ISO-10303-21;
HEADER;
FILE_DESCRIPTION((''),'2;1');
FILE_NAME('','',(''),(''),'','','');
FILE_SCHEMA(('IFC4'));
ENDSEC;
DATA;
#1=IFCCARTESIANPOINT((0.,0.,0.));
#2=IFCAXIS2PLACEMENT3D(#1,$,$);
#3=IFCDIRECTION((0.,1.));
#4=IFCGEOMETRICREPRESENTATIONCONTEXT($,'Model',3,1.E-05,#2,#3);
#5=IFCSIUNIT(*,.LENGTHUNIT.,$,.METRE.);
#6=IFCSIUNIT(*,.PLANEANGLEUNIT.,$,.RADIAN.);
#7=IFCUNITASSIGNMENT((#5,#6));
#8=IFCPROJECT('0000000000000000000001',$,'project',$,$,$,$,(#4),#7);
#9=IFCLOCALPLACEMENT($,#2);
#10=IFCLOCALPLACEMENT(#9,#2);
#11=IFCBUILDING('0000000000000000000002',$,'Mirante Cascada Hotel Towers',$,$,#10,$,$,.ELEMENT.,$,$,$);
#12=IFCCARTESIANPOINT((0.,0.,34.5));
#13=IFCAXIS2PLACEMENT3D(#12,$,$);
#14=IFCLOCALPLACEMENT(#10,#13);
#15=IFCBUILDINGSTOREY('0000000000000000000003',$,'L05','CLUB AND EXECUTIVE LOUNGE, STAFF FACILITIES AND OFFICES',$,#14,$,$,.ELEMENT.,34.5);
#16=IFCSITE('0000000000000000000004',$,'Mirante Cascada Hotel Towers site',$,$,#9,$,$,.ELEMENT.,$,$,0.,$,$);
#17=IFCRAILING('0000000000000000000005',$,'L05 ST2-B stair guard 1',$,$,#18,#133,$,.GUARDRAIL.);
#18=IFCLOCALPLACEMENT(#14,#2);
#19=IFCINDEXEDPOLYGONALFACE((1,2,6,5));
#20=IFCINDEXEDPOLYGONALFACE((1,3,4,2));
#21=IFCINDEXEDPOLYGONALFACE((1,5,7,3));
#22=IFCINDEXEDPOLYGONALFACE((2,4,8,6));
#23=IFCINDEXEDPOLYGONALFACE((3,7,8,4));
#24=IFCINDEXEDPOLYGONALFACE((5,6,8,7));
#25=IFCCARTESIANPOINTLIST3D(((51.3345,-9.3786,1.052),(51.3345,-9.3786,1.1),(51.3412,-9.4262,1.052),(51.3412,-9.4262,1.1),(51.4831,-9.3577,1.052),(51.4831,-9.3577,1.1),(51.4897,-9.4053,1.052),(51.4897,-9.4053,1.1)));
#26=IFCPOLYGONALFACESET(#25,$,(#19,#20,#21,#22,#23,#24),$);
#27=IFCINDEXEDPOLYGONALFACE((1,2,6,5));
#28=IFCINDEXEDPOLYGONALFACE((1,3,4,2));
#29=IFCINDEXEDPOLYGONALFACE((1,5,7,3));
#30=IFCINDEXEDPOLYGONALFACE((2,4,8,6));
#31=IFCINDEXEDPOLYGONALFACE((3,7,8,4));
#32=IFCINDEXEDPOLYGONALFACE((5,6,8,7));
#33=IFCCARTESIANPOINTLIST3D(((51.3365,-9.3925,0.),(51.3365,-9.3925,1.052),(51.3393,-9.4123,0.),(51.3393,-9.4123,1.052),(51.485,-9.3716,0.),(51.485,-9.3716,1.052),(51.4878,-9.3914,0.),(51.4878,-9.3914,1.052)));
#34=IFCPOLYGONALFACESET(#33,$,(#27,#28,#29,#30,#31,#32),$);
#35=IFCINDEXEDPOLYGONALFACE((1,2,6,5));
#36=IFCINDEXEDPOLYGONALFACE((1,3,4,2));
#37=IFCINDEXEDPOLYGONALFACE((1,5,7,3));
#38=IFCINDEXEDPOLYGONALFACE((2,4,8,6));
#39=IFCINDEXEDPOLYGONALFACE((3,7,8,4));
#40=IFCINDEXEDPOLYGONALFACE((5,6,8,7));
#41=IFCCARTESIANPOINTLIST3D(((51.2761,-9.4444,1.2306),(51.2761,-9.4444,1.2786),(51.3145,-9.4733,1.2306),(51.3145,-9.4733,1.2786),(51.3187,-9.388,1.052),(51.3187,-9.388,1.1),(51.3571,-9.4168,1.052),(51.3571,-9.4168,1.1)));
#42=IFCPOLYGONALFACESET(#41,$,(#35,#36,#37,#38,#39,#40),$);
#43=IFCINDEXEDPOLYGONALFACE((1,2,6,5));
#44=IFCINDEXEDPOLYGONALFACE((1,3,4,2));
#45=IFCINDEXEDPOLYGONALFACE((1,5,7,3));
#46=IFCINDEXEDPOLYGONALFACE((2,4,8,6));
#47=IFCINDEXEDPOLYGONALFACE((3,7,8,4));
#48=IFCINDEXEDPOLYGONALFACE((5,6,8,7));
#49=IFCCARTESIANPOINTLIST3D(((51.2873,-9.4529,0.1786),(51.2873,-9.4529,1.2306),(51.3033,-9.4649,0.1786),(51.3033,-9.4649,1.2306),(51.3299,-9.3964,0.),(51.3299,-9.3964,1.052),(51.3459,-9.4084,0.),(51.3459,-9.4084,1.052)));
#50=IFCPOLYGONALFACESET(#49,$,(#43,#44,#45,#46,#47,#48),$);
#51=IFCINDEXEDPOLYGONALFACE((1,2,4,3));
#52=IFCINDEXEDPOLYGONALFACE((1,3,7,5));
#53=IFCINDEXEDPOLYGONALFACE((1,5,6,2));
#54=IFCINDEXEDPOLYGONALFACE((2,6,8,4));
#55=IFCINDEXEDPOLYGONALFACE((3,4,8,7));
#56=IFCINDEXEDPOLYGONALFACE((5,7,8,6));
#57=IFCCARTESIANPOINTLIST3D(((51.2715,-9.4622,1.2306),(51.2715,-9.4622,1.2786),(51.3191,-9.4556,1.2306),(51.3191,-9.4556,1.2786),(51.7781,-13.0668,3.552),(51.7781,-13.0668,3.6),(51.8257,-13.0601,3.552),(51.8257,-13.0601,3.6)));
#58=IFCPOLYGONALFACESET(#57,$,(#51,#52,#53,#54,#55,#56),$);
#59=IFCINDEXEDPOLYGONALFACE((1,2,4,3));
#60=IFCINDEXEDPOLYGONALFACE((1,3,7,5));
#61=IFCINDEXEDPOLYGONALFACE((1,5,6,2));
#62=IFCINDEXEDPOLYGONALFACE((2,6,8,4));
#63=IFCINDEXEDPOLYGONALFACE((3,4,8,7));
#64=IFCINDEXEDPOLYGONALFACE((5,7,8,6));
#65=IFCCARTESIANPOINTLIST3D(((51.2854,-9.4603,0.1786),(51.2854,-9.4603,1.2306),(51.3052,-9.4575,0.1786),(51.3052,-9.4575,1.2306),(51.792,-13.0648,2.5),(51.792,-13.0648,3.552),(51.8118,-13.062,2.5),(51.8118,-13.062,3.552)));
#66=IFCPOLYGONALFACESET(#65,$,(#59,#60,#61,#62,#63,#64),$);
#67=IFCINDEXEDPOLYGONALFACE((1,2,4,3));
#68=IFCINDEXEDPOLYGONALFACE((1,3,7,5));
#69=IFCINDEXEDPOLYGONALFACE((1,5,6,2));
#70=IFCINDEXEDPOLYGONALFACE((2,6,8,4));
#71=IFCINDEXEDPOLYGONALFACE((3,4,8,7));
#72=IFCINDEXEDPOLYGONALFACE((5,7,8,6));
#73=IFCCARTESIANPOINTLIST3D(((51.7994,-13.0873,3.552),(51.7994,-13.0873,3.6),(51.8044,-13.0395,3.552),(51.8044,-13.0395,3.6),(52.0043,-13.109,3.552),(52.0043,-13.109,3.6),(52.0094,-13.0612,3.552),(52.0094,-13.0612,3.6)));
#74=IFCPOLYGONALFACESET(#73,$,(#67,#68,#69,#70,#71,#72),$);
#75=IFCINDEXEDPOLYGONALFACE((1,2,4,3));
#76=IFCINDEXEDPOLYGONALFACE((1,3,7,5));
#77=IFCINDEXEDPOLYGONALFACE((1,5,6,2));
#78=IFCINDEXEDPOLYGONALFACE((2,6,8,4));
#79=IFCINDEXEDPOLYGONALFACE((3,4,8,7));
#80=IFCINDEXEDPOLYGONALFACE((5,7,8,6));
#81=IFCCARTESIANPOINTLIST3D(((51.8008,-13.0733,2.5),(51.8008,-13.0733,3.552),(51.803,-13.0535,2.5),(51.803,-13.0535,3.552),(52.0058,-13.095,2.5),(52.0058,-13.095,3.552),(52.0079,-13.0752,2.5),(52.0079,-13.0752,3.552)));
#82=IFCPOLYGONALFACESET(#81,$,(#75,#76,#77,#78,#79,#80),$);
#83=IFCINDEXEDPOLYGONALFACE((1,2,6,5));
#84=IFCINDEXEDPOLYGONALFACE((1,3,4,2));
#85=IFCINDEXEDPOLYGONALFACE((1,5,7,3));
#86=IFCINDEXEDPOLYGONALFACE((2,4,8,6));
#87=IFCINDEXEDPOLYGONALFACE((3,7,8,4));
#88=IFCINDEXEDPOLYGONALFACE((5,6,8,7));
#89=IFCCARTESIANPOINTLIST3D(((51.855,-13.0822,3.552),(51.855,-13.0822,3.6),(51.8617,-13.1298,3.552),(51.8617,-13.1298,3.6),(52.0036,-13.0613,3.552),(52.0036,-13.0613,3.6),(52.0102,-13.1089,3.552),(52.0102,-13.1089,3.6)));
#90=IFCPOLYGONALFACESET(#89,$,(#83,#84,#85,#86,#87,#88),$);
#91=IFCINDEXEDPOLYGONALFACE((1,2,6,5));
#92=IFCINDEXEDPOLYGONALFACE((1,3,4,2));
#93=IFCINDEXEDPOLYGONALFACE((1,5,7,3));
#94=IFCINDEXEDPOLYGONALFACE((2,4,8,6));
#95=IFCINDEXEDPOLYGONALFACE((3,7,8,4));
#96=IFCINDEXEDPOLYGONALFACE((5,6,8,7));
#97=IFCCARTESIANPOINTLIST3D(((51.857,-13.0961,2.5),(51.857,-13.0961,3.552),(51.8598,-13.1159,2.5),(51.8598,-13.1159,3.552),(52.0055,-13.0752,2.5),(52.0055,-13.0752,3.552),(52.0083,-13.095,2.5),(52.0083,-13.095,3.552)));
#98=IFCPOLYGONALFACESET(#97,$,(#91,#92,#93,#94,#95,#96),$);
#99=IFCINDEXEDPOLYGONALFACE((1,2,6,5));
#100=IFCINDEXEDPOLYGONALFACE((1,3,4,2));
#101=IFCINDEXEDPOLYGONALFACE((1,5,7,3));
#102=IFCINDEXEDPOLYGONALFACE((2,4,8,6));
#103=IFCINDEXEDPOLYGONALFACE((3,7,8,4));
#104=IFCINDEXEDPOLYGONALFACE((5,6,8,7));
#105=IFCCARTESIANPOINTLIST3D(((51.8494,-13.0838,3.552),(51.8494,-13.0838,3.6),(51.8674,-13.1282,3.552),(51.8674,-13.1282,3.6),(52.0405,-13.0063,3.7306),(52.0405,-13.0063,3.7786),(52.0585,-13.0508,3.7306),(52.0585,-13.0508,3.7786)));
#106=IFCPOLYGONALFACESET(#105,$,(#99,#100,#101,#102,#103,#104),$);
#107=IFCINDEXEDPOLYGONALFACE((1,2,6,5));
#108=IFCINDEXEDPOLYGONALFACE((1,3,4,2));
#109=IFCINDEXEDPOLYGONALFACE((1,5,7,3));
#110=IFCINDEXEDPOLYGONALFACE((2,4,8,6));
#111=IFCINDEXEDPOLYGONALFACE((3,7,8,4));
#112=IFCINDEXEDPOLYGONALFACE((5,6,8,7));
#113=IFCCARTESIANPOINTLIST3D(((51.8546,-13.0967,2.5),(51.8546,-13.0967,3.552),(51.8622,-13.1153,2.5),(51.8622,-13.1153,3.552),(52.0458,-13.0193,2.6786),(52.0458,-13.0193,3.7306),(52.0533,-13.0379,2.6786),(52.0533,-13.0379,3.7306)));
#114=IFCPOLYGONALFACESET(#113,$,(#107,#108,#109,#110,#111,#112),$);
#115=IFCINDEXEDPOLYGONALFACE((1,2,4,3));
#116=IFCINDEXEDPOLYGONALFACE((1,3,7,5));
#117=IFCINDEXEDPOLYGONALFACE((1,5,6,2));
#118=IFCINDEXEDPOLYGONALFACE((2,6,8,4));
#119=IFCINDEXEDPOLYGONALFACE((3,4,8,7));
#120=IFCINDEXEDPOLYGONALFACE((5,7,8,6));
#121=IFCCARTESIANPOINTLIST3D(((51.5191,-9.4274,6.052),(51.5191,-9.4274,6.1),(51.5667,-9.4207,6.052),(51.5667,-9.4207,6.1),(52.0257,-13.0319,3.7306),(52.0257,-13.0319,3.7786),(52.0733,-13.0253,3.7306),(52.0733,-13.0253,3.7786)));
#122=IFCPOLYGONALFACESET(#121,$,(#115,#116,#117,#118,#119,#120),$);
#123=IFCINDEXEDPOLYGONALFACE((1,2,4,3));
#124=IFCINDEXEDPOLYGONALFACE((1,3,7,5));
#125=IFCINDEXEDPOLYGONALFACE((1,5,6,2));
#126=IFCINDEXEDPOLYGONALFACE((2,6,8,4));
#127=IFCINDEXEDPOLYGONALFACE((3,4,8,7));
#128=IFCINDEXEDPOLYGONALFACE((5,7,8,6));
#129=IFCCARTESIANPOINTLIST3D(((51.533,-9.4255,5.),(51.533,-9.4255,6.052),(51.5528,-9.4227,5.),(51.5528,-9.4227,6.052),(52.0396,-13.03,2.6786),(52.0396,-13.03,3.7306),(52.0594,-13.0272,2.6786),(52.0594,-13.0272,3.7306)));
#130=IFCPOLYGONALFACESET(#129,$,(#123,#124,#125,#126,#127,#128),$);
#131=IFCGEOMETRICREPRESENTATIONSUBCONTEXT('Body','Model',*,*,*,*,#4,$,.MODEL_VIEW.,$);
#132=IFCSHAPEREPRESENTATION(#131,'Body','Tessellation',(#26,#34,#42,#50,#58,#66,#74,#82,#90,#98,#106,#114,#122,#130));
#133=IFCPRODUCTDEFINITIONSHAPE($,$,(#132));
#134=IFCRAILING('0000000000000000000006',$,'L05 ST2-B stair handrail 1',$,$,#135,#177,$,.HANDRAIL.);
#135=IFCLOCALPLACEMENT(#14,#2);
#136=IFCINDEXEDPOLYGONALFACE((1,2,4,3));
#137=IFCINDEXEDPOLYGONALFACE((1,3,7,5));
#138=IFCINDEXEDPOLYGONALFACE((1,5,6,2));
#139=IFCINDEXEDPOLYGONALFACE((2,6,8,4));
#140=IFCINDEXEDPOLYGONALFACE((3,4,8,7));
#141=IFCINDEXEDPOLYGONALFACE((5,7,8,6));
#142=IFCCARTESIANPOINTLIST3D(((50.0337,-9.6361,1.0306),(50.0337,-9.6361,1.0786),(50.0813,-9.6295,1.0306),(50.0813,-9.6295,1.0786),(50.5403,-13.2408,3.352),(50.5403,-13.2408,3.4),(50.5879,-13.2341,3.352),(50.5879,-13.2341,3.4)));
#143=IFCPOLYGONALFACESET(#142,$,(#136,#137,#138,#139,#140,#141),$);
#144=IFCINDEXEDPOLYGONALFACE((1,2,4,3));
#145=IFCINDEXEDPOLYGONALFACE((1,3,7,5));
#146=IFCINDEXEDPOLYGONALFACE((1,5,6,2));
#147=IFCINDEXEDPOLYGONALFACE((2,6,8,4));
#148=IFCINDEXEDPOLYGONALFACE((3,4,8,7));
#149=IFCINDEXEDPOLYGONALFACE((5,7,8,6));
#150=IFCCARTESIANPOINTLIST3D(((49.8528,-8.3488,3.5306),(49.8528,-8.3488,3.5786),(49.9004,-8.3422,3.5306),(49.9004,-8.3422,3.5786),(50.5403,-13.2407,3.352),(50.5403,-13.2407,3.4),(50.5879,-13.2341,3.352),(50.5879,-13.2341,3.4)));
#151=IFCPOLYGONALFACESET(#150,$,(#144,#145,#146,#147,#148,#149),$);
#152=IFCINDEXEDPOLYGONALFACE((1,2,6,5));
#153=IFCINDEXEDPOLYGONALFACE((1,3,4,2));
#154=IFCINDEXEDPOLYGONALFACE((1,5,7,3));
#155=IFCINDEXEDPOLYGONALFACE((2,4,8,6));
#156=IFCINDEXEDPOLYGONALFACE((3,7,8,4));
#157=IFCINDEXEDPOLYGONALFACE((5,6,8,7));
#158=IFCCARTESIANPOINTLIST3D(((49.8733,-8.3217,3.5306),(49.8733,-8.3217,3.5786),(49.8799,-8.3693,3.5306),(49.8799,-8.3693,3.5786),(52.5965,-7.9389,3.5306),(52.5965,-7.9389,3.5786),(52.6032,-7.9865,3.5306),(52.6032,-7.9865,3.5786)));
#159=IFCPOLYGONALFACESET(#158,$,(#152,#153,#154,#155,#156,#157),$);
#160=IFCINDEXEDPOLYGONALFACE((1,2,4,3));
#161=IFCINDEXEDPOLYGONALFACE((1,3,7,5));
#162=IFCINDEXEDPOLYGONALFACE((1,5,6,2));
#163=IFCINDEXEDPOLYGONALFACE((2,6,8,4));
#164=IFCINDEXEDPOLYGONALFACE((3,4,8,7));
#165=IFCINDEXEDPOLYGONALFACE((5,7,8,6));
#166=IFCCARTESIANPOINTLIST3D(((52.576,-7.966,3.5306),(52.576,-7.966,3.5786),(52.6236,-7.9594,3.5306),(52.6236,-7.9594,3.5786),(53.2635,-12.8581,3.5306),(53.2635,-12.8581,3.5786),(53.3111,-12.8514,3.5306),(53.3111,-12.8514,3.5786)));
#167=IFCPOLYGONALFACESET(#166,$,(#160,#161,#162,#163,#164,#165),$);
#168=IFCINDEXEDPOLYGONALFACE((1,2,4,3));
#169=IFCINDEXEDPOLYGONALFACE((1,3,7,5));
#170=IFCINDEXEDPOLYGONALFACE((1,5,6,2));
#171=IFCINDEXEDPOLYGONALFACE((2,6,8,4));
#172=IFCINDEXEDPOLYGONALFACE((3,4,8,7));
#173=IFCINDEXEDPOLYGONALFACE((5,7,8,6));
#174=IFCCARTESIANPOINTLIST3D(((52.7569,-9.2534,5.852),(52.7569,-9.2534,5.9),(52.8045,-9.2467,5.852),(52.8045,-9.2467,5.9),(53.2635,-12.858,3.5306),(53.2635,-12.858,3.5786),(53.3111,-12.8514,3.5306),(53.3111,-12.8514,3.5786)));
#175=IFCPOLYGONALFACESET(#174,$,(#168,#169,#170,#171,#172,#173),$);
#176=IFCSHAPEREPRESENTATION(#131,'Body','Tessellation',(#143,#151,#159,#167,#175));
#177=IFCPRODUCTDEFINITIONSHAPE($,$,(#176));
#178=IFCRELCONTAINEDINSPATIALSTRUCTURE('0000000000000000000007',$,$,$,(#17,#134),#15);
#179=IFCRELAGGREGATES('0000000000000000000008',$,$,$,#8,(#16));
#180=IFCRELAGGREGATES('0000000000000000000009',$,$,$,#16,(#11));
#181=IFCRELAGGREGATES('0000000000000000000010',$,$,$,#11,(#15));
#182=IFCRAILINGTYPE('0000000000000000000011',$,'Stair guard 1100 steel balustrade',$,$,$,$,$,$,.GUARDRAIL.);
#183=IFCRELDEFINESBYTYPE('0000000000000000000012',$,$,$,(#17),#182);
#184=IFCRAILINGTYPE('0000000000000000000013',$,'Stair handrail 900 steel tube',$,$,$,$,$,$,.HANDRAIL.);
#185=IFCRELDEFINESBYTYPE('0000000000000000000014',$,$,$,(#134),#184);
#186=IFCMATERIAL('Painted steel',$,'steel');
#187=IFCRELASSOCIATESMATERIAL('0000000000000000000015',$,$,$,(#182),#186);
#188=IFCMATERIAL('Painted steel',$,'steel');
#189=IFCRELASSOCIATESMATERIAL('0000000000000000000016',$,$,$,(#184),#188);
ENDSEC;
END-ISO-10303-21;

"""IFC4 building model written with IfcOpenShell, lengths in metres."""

from ifc_helpers import new_model, si_unit, direction, frame, origin, origin_2d, place, context, subcontext, project, spatial, rectangle, extrude, material, type_object, element, save


model = new_model("IFC4")

# Units and contexts
model_context = context("Model", 3, precision=1e-05, world=origin(), true_north=direction((0.0, 1.0)))
body_context = subcontext(model_context, "Body", "Model", "MODEL_VIEW")
ifc_project = project(units=[si_unit("LENGTHUNIT", "METRE"), si_unit("PLANEANGLEUNIT", "RADIAN")], contexts=[model_context])

# Site, building, storey
site_placement = place(None, origin())
site = spatial("IfcSite", under=ifc_project, at=site_placement, Name="Mirante Cascada Hotel Towers site", CompositionType="ELEMENT", RefElevation=0.0)
building_placement = place(site_placement, origin())
building = spatial("IfcBuilding", under=site, at=building_placement, Name="Mirante Cascada Hotel Towers", CompositionType="ELEMENT")
storey_placement = place(building_placement, frame((0.0, 0.0, 34.5)))
storey = spatial("IfcBuildingStorey", under=building, at=storey_placement, Name="L05", Description="CLUB AND EXECUTIVE LOUNGE, STAFF FACILITIES AND OFFICES", CompositionType="ELEMENT", Elevation=34.5)

# Railings
ifc_material_1 = material(Name="Painted steel", Category="steel")
railing_type_1 = type_object("IfcRailingType", Name="Stair guard 1100 steel balustrade", PredefinedType="GUARDRAIL", material=ifc_material_1)
railing_1_placement = place(storey_placement, frame((51.4864, -9.3815, 0.0)))
element("IfcRailing", 1, at=railing_1_placement, inside=storey, type_object=railing_type_1, Name="L05 ST2-B stair guard 1", PredefinedType="GUARDRAIL", context=body_context, shape_type="SweptSolid", body=[
    extrude(rectangle(XDim=0.048, YDim=0.048, at=origin_2d()), frame((0.0, 0.0, 1.076), z_axis=(-0.990241, -0.139367, 0.0), x_axis=(0.139367, -0.990241, 0.0)), (0.0, 0.0, 1.0), 0.15),
    extrude(rectangle(XDim=0.02, YDim=1.052, at=origin_2d()), frame((0.0, 0.0, 0.526), z_axis=(-0.990241, -0.139367, 0.0), x_axis=(0.139367, -0.990241, 0.0)), (0.0, 0.0, 1.0), 0.15),
    extrude(rectangle(XDim=0.048, YDim=0.048, at=origin_2d()), frame((-0.1485, -0.0209, 1.076), z_axis=(-0.602033, -0.798471, 0.0), x_axis=(0.798471, -0.602033, 0.0)), (0.0, 0.929692, 0.368338), 0.1921),
    extrude(rectangle(XDim=0.02, YDim=1.052, at=origin_2d()), frame((-0.1485, -0.0209, 0.526), z_axis=(-0.602033, -0.798471, 0.0), x_axis=(0.798471, -0.602033, 0.0)), (0.0, 0.929692, 0.368338), 0.1921),
    extrude(rectangle(XDim=0.048, YDim=0.048, at=origin_2d()), frame((-0.1911, -0.0774, 1.2546), z_axis=(0.139179, -0.990267, 0.0), x_axis=(0.990267, 0.139179, 0.0)), (0.0, 0.537713, 0.843128), 4.3172),
    extrude(rectangle(XDim=0.02, YDim=1.052, at=origin_2d()), frame((-0.1911, -0.0774, 0.7046), z_axis=(0.139179, -0.990267, 0.0), x_axis=(0.990267, 0.139179, 0.0)), (0.0, 0.537713, 0.843128), 4.3172),
    extrude(rectangle(XDim=0.048, YDim=0.048, at=origin_2d()), frame((0.3155, -3.6819, 3.576), z_axis=(0.994444, -0.105266, 0.0), x_axis=(0.105266, 0.994444, 0.0)), (0.0, 0.0, 1.0), 0.2061),
    extrude(rectangle(XDim=0.02, YDim=1.052, at=origin_2d()), frame((0.3155, -3.6819, 3.026), z_axis=(0.994444, -0.105266, 0.0), x_axis=(0.105266, 0.994444, 0.0)), (0.0, 0.0, 1.0), 0.2061),
    extrude(rectangle(XDim=0.048, YDim=0.048, at=origin_2d()), frame((0.5205, -3.7036, 3.576), z_axis=(-0.990241, -0.139367, 0.0), x_axis=(0.139367, -0.990241, 0.0)), (0.0, 0.0, 1.0), 0.15),
    extrude(rectangle(XDim=0.02, YDim=1.052, at=origin_2d()), frame((0.5205, -3.7036, 3.026), z_axis=(-0.990241, -0.139367, 0.0), x_axis=(0.139367, -0.990241, 0.0)), (0.0, 0.0, 1.0), 0.15),
    extrude(rectangle(XDim=0.048, YDim=0.048, at=origin_2d()), frame((0.372, -3.7245, 3.576), z_axis=(0.926862, 0.375401, 0.0), x_axis=(-0.375401, 0.926862, 0.0)), (0.0, 0.654744, 0.75585), 0.2728),
    extrude(rectangle(XDim=0.02, YDim=1.052, at=origin_2d()), frame((0.372, -3.7245, 3.026), z_axis=(0.926862, 0.375401, 0.0), x_axis=(-0.375401, 0.926862, 0.0)), (0.0, 0.654744, 0.75585), 0.2728),
    extrude(rectangle(XDim=0.048, YDim=0.048, at=origin_2d()), frame((0.5631, -3.6471, 3.7546), z_axis=(-0.139179, 0.990267, 0.0), x_axis=(-0.990267, -0.139179, 0.0)), (0.0, 0.537713, 0.843128), 4.3172),
    extrude(rectangle(XDim=0.02, YDim=1.052, at=origin_2d()), frame((0.5631, -3.6471, 3.2046), z_axis=(-0.139179, 0.990267, 0.0), x_axis=(-0.990267, -0.139179, 0.0)), (0.0, 0.537713, 0.843128), 4.3172),
])
ifc_material_2 = material(Name="Painted steel", Category="steel")
railing_type_2 = type_object("IfcRailingType", Name="Stair handrail 900 steel tube", PredefinedType="HANDRAIL", material=ifc_material_2)
railing_2_placement = place(storey_placement, frame((50.0575, -9.6328, 0.1786)))
element("IfcRailing", 2, at=railing_2_placement, inside=storey, type_object=railing_type_2, Name="L05 ST2-B stair handrail 1", PredefinedType="HANDRAIL", context=body_context, shape_type="SweptSolid", body=[
    extrude(rectangle(XDim=0.048, YDim=0.048, at=origin_2d()), frame((0.0, 0.0, 0.876), z_axis=(0.139175, -0.990268, 0.0), x_axis=(0.990268, 0.139175, 0.0)), (0.0, 0.537703, 0.843134), 4.3173),
    extrude(rectangle(XDim=0.048, YDim=0.048, at=origin_2d()), frame((0.5066, -3.6046, 3.1974), z_axis=(-0.139171, 0.990268, 0.0), x_axis=(-0.990268, -0.139171, 0.0)), (0.0, 0.03613, 0.999347), 4.9432),
    extrude(rectangle(XDim=0.048, YDim=0.048, at=origin_2d()), frame((-0.1809, 1.2873, 3.376), z_axis=(0.990264, 0.139201, 0.0), x_axis=(-0.139201, 0.990264, 0.0)), (0.0, 0.0, 1.0), 2.75),
    extrude(rectangle(XDim=0.048, YDim=0.048, at=origin_2d()), frame((2.5423, 1.6701, 3.376), z_axis=(0.139168, -0.990269, 0.0), x_axis=(0.990269, 0.139168, 0.0)), (0.0, 0.0, 1.0), 4.9401),
    extrude(rectangle(XDim=0.048, YDim=0.048, at=origin_2d()), frame((3.2298, -3.2219, 3.376), z_axis=(-0.139175, 0.990268, 0.0), x_axis=(-0.990268, -0.139175, 0.0)), (0.0, 0.537703, 0.843134), 4.3173),
])

save(model, "model.ifc")
